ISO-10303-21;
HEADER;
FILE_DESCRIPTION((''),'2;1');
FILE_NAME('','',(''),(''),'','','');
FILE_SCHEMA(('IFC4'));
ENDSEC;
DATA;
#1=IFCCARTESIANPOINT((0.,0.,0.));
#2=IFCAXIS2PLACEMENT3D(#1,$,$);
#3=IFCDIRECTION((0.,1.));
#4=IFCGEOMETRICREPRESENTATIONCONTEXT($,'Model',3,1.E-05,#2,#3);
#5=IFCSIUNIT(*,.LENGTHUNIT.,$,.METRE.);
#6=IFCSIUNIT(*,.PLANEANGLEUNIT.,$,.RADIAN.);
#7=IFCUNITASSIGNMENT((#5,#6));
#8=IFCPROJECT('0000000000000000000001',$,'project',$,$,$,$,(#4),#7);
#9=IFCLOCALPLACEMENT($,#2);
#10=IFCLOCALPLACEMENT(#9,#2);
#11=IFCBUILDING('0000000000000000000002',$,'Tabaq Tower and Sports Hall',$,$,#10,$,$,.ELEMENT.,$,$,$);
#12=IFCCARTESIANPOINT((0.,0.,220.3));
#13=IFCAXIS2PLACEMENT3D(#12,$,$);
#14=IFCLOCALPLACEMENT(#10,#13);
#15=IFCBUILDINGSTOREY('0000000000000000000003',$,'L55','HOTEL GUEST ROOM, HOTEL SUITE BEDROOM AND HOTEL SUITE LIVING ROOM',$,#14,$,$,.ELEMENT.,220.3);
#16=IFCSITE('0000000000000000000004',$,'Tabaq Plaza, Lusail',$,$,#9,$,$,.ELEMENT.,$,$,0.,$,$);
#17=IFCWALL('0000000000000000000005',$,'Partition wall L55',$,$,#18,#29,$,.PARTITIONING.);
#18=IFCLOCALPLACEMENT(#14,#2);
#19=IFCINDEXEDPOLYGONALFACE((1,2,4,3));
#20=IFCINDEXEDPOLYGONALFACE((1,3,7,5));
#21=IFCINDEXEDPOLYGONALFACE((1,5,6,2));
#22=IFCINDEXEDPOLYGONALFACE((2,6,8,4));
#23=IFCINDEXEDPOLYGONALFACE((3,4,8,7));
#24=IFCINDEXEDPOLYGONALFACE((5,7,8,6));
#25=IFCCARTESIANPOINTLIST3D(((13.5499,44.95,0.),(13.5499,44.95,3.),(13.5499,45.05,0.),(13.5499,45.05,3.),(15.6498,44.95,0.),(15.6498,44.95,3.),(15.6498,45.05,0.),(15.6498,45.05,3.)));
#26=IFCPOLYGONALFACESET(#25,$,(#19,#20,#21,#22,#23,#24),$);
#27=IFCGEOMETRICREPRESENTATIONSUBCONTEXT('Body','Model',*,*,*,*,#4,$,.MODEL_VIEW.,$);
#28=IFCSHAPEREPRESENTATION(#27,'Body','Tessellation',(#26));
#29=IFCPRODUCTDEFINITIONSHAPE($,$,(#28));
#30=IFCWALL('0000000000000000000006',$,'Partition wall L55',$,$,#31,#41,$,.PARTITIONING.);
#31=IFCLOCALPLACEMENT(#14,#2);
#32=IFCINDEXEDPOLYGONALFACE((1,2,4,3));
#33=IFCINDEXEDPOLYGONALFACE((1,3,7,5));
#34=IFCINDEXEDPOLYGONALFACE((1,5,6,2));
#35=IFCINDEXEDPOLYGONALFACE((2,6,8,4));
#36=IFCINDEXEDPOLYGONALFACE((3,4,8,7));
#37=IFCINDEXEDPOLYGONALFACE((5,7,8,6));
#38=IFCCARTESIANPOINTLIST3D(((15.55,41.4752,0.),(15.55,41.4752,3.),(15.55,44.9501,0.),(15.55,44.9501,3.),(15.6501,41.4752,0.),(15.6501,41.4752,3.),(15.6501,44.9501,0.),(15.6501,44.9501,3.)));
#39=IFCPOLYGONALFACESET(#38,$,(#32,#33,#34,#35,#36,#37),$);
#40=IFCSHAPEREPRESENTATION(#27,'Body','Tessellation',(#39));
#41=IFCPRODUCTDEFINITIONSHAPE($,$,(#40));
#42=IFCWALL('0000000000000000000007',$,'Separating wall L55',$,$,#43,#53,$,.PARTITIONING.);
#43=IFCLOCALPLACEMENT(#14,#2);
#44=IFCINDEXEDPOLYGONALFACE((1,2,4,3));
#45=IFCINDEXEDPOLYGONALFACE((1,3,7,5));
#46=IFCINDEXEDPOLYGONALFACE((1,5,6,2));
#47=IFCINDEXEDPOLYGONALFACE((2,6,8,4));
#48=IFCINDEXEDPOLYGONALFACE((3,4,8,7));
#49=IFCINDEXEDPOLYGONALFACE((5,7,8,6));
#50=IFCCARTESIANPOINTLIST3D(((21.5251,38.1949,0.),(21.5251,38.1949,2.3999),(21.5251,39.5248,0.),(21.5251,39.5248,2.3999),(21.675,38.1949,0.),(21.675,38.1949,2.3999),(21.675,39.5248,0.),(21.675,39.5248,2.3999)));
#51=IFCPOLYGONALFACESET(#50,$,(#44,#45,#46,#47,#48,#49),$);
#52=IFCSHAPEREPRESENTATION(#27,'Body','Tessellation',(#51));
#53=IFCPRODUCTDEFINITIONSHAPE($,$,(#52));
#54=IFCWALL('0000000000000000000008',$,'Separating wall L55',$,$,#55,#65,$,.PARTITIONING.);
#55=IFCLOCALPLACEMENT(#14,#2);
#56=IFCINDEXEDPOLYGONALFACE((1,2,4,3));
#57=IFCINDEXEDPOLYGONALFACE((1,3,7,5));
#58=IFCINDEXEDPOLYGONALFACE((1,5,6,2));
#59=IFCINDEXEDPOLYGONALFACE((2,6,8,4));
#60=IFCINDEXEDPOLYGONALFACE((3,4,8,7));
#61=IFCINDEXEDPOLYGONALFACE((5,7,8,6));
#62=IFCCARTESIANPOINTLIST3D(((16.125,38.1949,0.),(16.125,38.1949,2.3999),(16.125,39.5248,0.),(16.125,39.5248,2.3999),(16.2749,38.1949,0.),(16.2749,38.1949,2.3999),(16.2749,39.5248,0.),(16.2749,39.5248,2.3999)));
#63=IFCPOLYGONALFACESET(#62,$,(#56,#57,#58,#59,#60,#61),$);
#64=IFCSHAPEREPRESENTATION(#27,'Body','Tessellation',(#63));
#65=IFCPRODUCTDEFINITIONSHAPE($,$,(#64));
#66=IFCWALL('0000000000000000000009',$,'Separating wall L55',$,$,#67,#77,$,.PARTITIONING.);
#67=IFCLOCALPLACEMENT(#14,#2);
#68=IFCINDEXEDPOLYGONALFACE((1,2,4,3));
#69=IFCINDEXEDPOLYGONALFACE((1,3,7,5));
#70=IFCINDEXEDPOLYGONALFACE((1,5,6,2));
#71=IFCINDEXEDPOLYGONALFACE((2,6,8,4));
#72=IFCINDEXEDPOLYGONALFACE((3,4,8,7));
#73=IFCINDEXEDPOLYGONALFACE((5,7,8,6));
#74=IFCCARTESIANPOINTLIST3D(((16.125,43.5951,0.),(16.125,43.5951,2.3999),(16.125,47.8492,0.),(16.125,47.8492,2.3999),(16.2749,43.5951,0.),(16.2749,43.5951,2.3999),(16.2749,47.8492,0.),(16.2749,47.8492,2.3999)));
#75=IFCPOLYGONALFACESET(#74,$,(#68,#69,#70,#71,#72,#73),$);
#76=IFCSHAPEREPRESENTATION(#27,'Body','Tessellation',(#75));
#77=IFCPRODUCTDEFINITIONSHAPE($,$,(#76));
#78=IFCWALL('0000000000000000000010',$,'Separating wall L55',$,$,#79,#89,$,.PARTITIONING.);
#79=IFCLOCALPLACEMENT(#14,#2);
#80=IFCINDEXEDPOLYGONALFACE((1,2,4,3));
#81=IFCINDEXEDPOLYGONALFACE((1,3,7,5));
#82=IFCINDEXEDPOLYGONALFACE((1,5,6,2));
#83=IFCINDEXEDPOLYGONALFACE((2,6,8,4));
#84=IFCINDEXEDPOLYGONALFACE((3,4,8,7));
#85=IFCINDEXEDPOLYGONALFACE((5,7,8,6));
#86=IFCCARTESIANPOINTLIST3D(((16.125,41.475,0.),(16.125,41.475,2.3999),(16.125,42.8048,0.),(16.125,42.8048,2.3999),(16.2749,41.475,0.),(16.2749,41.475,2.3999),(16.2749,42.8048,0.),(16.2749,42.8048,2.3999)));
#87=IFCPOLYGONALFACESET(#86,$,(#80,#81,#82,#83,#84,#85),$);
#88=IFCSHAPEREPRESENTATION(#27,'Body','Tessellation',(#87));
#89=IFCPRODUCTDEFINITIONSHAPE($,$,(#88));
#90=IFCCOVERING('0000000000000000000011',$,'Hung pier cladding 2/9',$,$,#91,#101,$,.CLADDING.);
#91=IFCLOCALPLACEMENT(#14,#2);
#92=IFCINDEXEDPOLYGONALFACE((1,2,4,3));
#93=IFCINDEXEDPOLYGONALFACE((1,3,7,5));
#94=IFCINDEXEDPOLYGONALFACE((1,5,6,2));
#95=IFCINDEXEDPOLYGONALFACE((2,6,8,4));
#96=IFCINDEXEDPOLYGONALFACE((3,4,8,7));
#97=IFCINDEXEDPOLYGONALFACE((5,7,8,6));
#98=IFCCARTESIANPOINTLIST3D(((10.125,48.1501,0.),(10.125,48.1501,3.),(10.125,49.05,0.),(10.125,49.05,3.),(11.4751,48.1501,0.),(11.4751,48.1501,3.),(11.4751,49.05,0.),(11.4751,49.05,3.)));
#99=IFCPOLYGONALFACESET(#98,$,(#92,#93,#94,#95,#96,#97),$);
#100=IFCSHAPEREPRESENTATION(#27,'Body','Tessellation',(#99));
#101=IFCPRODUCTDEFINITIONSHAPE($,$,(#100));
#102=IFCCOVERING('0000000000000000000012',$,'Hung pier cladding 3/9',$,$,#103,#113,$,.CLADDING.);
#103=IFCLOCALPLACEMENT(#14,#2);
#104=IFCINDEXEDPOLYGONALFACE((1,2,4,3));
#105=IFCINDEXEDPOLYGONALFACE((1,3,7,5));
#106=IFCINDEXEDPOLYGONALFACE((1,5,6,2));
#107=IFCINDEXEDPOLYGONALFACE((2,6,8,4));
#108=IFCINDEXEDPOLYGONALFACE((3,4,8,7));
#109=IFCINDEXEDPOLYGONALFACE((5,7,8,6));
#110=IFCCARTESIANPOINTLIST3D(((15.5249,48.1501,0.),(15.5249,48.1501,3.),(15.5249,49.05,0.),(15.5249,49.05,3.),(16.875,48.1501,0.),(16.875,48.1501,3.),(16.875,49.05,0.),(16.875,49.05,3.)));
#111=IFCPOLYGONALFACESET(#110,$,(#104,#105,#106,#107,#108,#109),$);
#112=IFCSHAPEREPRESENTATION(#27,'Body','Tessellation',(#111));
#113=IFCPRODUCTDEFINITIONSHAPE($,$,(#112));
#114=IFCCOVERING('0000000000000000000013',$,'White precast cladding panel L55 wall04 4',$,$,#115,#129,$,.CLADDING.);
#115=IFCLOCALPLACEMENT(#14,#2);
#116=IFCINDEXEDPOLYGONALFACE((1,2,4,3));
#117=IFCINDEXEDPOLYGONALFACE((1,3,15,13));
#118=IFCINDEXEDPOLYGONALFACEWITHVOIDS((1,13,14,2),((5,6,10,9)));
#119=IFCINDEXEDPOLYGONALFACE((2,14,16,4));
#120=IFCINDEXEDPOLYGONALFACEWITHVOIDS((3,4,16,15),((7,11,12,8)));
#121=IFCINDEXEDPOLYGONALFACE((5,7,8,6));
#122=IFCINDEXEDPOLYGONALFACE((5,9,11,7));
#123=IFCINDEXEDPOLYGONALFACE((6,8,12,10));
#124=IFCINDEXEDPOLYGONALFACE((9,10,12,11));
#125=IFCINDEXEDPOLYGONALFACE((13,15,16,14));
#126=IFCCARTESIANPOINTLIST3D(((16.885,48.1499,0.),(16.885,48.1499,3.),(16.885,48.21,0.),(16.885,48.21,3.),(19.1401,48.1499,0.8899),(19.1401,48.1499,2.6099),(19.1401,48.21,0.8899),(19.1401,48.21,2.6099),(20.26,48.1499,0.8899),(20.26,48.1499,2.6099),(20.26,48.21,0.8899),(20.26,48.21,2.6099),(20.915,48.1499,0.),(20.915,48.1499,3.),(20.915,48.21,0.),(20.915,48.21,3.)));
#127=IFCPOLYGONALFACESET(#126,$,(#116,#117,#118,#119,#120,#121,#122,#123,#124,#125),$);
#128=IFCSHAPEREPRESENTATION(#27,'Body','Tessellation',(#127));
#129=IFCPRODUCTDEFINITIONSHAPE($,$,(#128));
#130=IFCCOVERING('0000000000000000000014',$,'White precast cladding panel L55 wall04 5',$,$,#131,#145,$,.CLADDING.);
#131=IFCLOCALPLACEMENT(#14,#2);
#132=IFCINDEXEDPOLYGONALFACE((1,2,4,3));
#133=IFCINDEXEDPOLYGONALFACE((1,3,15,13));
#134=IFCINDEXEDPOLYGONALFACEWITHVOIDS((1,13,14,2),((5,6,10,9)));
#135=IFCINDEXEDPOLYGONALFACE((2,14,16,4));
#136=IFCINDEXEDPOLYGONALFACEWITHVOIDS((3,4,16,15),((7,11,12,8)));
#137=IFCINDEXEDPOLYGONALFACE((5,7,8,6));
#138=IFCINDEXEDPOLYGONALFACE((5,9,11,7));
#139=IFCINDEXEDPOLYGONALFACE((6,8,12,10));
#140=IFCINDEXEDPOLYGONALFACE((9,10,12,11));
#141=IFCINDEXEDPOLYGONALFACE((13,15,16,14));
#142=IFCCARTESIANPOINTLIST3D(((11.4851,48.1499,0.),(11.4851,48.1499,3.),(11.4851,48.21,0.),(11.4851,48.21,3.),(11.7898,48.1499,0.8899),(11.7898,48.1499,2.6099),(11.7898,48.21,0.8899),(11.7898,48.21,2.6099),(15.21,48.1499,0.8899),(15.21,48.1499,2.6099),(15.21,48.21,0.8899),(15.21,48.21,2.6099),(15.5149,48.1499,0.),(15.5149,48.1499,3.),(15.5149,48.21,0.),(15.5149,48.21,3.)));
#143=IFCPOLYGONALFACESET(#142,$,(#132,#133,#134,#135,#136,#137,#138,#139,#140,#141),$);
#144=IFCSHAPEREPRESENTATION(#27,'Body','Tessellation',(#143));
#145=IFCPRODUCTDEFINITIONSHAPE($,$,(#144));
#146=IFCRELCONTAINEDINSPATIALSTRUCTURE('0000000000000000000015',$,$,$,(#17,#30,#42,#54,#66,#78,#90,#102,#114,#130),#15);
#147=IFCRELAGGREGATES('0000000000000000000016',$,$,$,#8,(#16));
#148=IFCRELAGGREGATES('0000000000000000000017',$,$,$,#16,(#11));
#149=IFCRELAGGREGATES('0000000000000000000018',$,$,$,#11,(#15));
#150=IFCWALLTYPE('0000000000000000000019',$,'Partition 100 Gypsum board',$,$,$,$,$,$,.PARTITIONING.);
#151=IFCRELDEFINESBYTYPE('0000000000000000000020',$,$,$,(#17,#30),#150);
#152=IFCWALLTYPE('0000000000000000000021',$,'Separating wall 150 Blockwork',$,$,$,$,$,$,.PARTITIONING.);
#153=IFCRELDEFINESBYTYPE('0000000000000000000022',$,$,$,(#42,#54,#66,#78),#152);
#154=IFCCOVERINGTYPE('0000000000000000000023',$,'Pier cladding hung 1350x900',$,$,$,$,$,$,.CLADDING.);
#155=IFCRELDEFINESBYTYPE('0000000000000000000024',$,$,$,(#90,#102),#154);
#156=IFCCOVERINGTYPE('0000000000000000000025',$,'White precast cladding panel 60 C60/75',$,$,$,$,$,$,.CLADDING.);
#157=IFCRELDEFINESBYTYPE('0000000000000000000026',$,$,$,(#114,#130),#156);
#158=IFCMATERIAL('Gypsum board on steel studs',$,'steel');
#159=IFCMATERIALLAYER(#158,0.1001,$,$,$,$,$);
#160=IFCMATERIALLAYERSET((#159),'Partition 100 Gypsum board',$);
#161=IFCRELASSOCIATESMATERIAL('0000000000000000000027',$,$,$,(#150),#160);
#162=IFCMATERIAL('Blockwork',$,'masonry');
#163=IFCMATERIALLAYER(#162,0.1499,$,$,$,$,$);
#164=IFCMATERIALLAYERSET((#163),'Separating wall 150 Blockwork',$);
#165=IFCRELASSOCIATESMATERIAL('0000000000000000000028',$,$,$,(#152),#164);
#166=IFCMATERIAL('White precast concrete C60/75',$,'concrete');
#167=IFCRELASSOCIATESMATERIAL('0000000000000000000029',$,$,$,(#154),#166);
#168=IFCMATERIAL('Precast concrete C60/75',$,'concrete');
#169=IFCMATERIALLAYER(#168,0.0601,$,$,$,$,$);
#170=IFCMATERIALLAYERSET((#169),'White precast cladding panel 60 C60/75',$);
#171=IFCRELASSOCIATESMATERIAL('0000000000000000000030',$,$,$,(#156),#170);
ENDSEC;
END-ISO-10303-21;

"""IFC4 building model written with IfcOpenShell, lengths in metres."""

from ifc_helpers import new_model, si_unit, direction, frame, frame_2d, origin, place, context, subcontext, project, spatial, polyline, rectangle, outline, extrude, material, layer, layer_set, type_object, element, save


model = new_model("IFC4")

# Units and contexts
model_context = context("Model", 3, precision=1e-05, world=origin(), true_north=direction((0.0, 1.0)))
body_context = subcontext(model_context, "Body", "Model", "MODEL_VIEW")
ifc_project = project(units=[si_unit("LENGTHUNIT", "METRE"), si_unit("PLANEANGLEUNIT", "RADIAN")], contexts=[model_context])

# Site, building, storey
site_placement = place(None, origin())
site = spatial("IfcSite", under=ifc_project, at=site_placement, Name="Tabaq Plaza, Lusail", CompositionType="ELEMENT", RefElevation=0.0)
building_placement = place(site_placement, origin())
building = spatial("IfcBuilding", under=site, at=building_placement, Name="Tabaq Tower and Sports Hall", CompositionType="ELEMENT")
storey_placement = place(building_placement, frame((0.0, 0.0, 220.3)))
storey = spatial("IfcBuildingStorey", under=building, at=storey_placement, Name="L55", Description="HOTEL GUEST ROOM, HOTEL SUITE BEDROOM AND HOTEL SUITE LIVING ROOM", CompositionType="ELEMENT", Elevation=220.3)

# Shared definitions
ifc_material_1 = material(Name="Gypsum board on steel studs", Category="steel")
ifc_layer_1 = layer(ifc_material_1, 0.1001)
ifc_layer_set_1 = layer_set([ifc_layer_1], Name="Partition 100 Gypsum board")
wall_type_1 = type_object("IfcWallType", Name="Partition 100 Gypsum board", PredefinedType="PARTITIONING", material=ifc_layer_set_1)

# Walls
wall_1_placement = place(storey_placement, frame((13.55, 45.0, 0.0), z_axis=(0.0, 0.0, 1.0), x_axis=(1.0, 0.0, 0.0)))
element("IfcWall", 1, at=wall_1_placement, inside=storey, type_object=wall_type_1, Name="Partition wall L55", PredefinedType="PARTITIONING", context=body_context, shape_type="SweptSolid", body=[
    extrude(rectangle(XDim=2.0999, YDim=0.1001, at=frame_2d((1.0498, 0.0))), origin(), (0.0, 0.0, 1.0), 3.0),
])
wall_2_placement = place(storey_placement, frame((15.6001, 44.95, 0.0), z_axis=(0.0, 0.0, 1.0), x_axis=(0.0, -1.0, 0.0)))
element("IfcWall", 2, at=wall_2_placement, inside=storey, type_object=wall_type_1, Name="Partition wall L55", PredefinedType="PARTITIONING", context=body_context, shape_type="SweptSolid", body=[
    extrude(rectangle(XDim=3.4749, YDim=0.1001, at=frame_2d((1.7373, 0.0))), origin(), (0.0, 0.0, 1.0), 3.0),
])
ifc_material_2 = material(Name="Blockwork", Category="masonry")
ifc_layer_2 = layer(ifc_material_2, 0.1499)
ifc_layer_set_2 = layer_set([ifc_layer_2], Name="Separating wall 150 Blockwork")
wall_type_2 = type_object("IfcWallType", Name="Separating wall 150 Blockwork", PredefinedType="PARTITIONING", material=ifc_layer_set_2)
for number, where, z_axis, x_axis, name in (
    (3, (21.6001, 39.5249, 0.0), (0.0, 0.0, 1.0), (0.0, -1.0, 0.0), "Separating wall L55"),
    (4, (16.2, 39.5249, 0.0), (0.0, 0.0, 1.0), (0.0, -1.0, 0.0), "Separating wall L55"),
):
    element("IfcWall", number, at=place(storey_placement, frame(where, z_axis=z_axis, x_axis=x_axis)), inside=storey, type_object=wall_type_2, Name=name, PredefinedType="PARTITIONING", context=body_context, shape_type="SweptSolid", body=[
        extrude(rectangle(XDim=1.3298, YDim=0.1499, at=frame_2d((0.665, 0.0))), origin(), (0.0, 0.0, 1.0), 2.3999),
    ])
wall_3_placement = place(storey_placement, frame((16.2, 47.8491, 0.0), z_axis=(0.0, 0.0, 1.0), x_axis=(0.0, -1.0, 0.0)))
element("IfcWall", 5, at=wall_3_placement, inside=storey, type_object=wall_type_2, Name="Separating wall L55", PredefinedType="PARTITIONING", context=body_context, shape_type="SweptSolid", body=[
    extrude(rectangle(XDim=4.2542, YDim=0.1499, at=frame_2d((2.127, 0.0))), origin(), (0.0, 0.0, 1.0), 2.3999),
])
wall_4_placement = place(storey_placement, frame((16.2, 42.8049, 0.0), z_axis=(0.0, 0.0, 1.0), x_axis=(0.0, -1.0, 0.0)))
element("IfcWall", 6, at=wall_4_placement, inside=storey, type_object=wall_type_2, Name="Separating wall L55", PredefinedType="PARTITIONING", context=body_context, shape_type="SweptSolid", body=[
    extrude(rectangle(XDim=1.3298, YDim=0.1499, at=frame_2d((0.665, 0.0))), origin(), (0.0, 0.0, 1.0), 2.3999),
])

# Coverings
ifc_material_3 = material(Name="White precast concrete C60/75", Category="concrete")
covering_type_1 = type_object("IfcCoveringType", Name="Pier cladding hung 1350x900", PredefinedType="CLADDING", material=ifc_material_3)
for number, where, z_axis, x_axis, name in (
    (7, (11.4751, 48.6001, 0.0), (0.0, 0.0, 1.0), (-1.0, 0.0, 0.0), "Hung pier cladding 2/9"),
    (8, (16.875, 48.6001, 0.0), (0.0, 0.0, 1.0), (-1.0, 0.0, 0.0), "Hung pier cladding 3/9"),
):
    element("IfcCovering", number, at=place(storey_placement, frame(where, z_axis=z_axis, x_axis=x_axis)), inside=storey, type_object=covering_type_1, Name=name, PredefinedType="CLADDING", context=body_context, shape_type="SweptSolid", body=[
        extrude(rectangle(XDim=1.3501, YDim=0.8999, at=frame_2d((0.675, 0.0))), origin(), (0.0, 0.0, 1.0), 3.0),
    ])
ifc_material_4 = material(Name="Precast concrete C60/75", Category="concrete")
ifc_layer_3 = layer(ifc_material_4, 0.0601)
ifc_layer_set_3 = layer_set([ifc_layer_3], Name="White precast cladding panel 60 C60/75")
covering_type_2 = type_object("IfcCoveringType", Name="White precast cladding panel 60 C60/75", PredefinedType="CLADDING", material=ifc_layer_set_3)
covering_1_placement = place(storey_placement, frame((20.915, 48.1799, 0.0), z_axis=(0.0, 0.0, 1.0), x_axis=(-1.0, 0.0, 0.0)))
element("IfcCovering", 9, at=covering_1_placement, inside=storey, type_object=covering_type_2, Name="White precast cladding panel L55 wall04 4", PredefinedType="CLADDING", context=body_context, shape_type="SweptSolid", body=[
    extrude(outline(polyline([(0.0, 0.0), (4.03, 0.0), (4.03, 3.0), (0.0, 3.0), (0.0, 0.0)]), holes=[polyline([(0.655, 0.8899), (0.655, 2.6099), (1.7749, 2.6099), (1.7749, 0.8899), (0.655, 0.8899)])]), frame((0.0, 0.03, 0.0), z_axis=(0.0, -1.0, 0.0), x_axis=(1.0, 0.0, 0.0)), (0.0, 0.0, 1.0), 0.0601),
])
covering_2_placement = place(storey_placement, frame((15.5149, 48.1799, 0.0), z_axis=(0.0, 0.0, 1.0), x_axis=(-1.0, 0.0, 0.0)))
element("IfcCovering", 10, at=covering_2_placement, inside=storey, type_object=covering_type_2, Name="White precast cladding panel L55 wall04 5", PredefinedType="CLADDING", context=body_context, shape_type="SweptSolid", body=[
    extrude(outline(polyline([(0.0, 0.0), (4.0298, 0.0), (4.0298, 3.0), (0.0, 3.0), (0.0, 0.0)]), holes=[polyline([(0.3049, 0.8899), (0.3049, 2.6099), (3.7251, 2.6099), (3.7251, 0.8899), (0.3049, 0.8899)])]), frame((0.0, 0.03, 0.0), z_axis=(0.0, -1.0, 0.0), x_axis=(1.0, 0.0, 0.0)), (0.0, 0.0, 1.0), 0.0601),
])

save(model, "model.ifc")
